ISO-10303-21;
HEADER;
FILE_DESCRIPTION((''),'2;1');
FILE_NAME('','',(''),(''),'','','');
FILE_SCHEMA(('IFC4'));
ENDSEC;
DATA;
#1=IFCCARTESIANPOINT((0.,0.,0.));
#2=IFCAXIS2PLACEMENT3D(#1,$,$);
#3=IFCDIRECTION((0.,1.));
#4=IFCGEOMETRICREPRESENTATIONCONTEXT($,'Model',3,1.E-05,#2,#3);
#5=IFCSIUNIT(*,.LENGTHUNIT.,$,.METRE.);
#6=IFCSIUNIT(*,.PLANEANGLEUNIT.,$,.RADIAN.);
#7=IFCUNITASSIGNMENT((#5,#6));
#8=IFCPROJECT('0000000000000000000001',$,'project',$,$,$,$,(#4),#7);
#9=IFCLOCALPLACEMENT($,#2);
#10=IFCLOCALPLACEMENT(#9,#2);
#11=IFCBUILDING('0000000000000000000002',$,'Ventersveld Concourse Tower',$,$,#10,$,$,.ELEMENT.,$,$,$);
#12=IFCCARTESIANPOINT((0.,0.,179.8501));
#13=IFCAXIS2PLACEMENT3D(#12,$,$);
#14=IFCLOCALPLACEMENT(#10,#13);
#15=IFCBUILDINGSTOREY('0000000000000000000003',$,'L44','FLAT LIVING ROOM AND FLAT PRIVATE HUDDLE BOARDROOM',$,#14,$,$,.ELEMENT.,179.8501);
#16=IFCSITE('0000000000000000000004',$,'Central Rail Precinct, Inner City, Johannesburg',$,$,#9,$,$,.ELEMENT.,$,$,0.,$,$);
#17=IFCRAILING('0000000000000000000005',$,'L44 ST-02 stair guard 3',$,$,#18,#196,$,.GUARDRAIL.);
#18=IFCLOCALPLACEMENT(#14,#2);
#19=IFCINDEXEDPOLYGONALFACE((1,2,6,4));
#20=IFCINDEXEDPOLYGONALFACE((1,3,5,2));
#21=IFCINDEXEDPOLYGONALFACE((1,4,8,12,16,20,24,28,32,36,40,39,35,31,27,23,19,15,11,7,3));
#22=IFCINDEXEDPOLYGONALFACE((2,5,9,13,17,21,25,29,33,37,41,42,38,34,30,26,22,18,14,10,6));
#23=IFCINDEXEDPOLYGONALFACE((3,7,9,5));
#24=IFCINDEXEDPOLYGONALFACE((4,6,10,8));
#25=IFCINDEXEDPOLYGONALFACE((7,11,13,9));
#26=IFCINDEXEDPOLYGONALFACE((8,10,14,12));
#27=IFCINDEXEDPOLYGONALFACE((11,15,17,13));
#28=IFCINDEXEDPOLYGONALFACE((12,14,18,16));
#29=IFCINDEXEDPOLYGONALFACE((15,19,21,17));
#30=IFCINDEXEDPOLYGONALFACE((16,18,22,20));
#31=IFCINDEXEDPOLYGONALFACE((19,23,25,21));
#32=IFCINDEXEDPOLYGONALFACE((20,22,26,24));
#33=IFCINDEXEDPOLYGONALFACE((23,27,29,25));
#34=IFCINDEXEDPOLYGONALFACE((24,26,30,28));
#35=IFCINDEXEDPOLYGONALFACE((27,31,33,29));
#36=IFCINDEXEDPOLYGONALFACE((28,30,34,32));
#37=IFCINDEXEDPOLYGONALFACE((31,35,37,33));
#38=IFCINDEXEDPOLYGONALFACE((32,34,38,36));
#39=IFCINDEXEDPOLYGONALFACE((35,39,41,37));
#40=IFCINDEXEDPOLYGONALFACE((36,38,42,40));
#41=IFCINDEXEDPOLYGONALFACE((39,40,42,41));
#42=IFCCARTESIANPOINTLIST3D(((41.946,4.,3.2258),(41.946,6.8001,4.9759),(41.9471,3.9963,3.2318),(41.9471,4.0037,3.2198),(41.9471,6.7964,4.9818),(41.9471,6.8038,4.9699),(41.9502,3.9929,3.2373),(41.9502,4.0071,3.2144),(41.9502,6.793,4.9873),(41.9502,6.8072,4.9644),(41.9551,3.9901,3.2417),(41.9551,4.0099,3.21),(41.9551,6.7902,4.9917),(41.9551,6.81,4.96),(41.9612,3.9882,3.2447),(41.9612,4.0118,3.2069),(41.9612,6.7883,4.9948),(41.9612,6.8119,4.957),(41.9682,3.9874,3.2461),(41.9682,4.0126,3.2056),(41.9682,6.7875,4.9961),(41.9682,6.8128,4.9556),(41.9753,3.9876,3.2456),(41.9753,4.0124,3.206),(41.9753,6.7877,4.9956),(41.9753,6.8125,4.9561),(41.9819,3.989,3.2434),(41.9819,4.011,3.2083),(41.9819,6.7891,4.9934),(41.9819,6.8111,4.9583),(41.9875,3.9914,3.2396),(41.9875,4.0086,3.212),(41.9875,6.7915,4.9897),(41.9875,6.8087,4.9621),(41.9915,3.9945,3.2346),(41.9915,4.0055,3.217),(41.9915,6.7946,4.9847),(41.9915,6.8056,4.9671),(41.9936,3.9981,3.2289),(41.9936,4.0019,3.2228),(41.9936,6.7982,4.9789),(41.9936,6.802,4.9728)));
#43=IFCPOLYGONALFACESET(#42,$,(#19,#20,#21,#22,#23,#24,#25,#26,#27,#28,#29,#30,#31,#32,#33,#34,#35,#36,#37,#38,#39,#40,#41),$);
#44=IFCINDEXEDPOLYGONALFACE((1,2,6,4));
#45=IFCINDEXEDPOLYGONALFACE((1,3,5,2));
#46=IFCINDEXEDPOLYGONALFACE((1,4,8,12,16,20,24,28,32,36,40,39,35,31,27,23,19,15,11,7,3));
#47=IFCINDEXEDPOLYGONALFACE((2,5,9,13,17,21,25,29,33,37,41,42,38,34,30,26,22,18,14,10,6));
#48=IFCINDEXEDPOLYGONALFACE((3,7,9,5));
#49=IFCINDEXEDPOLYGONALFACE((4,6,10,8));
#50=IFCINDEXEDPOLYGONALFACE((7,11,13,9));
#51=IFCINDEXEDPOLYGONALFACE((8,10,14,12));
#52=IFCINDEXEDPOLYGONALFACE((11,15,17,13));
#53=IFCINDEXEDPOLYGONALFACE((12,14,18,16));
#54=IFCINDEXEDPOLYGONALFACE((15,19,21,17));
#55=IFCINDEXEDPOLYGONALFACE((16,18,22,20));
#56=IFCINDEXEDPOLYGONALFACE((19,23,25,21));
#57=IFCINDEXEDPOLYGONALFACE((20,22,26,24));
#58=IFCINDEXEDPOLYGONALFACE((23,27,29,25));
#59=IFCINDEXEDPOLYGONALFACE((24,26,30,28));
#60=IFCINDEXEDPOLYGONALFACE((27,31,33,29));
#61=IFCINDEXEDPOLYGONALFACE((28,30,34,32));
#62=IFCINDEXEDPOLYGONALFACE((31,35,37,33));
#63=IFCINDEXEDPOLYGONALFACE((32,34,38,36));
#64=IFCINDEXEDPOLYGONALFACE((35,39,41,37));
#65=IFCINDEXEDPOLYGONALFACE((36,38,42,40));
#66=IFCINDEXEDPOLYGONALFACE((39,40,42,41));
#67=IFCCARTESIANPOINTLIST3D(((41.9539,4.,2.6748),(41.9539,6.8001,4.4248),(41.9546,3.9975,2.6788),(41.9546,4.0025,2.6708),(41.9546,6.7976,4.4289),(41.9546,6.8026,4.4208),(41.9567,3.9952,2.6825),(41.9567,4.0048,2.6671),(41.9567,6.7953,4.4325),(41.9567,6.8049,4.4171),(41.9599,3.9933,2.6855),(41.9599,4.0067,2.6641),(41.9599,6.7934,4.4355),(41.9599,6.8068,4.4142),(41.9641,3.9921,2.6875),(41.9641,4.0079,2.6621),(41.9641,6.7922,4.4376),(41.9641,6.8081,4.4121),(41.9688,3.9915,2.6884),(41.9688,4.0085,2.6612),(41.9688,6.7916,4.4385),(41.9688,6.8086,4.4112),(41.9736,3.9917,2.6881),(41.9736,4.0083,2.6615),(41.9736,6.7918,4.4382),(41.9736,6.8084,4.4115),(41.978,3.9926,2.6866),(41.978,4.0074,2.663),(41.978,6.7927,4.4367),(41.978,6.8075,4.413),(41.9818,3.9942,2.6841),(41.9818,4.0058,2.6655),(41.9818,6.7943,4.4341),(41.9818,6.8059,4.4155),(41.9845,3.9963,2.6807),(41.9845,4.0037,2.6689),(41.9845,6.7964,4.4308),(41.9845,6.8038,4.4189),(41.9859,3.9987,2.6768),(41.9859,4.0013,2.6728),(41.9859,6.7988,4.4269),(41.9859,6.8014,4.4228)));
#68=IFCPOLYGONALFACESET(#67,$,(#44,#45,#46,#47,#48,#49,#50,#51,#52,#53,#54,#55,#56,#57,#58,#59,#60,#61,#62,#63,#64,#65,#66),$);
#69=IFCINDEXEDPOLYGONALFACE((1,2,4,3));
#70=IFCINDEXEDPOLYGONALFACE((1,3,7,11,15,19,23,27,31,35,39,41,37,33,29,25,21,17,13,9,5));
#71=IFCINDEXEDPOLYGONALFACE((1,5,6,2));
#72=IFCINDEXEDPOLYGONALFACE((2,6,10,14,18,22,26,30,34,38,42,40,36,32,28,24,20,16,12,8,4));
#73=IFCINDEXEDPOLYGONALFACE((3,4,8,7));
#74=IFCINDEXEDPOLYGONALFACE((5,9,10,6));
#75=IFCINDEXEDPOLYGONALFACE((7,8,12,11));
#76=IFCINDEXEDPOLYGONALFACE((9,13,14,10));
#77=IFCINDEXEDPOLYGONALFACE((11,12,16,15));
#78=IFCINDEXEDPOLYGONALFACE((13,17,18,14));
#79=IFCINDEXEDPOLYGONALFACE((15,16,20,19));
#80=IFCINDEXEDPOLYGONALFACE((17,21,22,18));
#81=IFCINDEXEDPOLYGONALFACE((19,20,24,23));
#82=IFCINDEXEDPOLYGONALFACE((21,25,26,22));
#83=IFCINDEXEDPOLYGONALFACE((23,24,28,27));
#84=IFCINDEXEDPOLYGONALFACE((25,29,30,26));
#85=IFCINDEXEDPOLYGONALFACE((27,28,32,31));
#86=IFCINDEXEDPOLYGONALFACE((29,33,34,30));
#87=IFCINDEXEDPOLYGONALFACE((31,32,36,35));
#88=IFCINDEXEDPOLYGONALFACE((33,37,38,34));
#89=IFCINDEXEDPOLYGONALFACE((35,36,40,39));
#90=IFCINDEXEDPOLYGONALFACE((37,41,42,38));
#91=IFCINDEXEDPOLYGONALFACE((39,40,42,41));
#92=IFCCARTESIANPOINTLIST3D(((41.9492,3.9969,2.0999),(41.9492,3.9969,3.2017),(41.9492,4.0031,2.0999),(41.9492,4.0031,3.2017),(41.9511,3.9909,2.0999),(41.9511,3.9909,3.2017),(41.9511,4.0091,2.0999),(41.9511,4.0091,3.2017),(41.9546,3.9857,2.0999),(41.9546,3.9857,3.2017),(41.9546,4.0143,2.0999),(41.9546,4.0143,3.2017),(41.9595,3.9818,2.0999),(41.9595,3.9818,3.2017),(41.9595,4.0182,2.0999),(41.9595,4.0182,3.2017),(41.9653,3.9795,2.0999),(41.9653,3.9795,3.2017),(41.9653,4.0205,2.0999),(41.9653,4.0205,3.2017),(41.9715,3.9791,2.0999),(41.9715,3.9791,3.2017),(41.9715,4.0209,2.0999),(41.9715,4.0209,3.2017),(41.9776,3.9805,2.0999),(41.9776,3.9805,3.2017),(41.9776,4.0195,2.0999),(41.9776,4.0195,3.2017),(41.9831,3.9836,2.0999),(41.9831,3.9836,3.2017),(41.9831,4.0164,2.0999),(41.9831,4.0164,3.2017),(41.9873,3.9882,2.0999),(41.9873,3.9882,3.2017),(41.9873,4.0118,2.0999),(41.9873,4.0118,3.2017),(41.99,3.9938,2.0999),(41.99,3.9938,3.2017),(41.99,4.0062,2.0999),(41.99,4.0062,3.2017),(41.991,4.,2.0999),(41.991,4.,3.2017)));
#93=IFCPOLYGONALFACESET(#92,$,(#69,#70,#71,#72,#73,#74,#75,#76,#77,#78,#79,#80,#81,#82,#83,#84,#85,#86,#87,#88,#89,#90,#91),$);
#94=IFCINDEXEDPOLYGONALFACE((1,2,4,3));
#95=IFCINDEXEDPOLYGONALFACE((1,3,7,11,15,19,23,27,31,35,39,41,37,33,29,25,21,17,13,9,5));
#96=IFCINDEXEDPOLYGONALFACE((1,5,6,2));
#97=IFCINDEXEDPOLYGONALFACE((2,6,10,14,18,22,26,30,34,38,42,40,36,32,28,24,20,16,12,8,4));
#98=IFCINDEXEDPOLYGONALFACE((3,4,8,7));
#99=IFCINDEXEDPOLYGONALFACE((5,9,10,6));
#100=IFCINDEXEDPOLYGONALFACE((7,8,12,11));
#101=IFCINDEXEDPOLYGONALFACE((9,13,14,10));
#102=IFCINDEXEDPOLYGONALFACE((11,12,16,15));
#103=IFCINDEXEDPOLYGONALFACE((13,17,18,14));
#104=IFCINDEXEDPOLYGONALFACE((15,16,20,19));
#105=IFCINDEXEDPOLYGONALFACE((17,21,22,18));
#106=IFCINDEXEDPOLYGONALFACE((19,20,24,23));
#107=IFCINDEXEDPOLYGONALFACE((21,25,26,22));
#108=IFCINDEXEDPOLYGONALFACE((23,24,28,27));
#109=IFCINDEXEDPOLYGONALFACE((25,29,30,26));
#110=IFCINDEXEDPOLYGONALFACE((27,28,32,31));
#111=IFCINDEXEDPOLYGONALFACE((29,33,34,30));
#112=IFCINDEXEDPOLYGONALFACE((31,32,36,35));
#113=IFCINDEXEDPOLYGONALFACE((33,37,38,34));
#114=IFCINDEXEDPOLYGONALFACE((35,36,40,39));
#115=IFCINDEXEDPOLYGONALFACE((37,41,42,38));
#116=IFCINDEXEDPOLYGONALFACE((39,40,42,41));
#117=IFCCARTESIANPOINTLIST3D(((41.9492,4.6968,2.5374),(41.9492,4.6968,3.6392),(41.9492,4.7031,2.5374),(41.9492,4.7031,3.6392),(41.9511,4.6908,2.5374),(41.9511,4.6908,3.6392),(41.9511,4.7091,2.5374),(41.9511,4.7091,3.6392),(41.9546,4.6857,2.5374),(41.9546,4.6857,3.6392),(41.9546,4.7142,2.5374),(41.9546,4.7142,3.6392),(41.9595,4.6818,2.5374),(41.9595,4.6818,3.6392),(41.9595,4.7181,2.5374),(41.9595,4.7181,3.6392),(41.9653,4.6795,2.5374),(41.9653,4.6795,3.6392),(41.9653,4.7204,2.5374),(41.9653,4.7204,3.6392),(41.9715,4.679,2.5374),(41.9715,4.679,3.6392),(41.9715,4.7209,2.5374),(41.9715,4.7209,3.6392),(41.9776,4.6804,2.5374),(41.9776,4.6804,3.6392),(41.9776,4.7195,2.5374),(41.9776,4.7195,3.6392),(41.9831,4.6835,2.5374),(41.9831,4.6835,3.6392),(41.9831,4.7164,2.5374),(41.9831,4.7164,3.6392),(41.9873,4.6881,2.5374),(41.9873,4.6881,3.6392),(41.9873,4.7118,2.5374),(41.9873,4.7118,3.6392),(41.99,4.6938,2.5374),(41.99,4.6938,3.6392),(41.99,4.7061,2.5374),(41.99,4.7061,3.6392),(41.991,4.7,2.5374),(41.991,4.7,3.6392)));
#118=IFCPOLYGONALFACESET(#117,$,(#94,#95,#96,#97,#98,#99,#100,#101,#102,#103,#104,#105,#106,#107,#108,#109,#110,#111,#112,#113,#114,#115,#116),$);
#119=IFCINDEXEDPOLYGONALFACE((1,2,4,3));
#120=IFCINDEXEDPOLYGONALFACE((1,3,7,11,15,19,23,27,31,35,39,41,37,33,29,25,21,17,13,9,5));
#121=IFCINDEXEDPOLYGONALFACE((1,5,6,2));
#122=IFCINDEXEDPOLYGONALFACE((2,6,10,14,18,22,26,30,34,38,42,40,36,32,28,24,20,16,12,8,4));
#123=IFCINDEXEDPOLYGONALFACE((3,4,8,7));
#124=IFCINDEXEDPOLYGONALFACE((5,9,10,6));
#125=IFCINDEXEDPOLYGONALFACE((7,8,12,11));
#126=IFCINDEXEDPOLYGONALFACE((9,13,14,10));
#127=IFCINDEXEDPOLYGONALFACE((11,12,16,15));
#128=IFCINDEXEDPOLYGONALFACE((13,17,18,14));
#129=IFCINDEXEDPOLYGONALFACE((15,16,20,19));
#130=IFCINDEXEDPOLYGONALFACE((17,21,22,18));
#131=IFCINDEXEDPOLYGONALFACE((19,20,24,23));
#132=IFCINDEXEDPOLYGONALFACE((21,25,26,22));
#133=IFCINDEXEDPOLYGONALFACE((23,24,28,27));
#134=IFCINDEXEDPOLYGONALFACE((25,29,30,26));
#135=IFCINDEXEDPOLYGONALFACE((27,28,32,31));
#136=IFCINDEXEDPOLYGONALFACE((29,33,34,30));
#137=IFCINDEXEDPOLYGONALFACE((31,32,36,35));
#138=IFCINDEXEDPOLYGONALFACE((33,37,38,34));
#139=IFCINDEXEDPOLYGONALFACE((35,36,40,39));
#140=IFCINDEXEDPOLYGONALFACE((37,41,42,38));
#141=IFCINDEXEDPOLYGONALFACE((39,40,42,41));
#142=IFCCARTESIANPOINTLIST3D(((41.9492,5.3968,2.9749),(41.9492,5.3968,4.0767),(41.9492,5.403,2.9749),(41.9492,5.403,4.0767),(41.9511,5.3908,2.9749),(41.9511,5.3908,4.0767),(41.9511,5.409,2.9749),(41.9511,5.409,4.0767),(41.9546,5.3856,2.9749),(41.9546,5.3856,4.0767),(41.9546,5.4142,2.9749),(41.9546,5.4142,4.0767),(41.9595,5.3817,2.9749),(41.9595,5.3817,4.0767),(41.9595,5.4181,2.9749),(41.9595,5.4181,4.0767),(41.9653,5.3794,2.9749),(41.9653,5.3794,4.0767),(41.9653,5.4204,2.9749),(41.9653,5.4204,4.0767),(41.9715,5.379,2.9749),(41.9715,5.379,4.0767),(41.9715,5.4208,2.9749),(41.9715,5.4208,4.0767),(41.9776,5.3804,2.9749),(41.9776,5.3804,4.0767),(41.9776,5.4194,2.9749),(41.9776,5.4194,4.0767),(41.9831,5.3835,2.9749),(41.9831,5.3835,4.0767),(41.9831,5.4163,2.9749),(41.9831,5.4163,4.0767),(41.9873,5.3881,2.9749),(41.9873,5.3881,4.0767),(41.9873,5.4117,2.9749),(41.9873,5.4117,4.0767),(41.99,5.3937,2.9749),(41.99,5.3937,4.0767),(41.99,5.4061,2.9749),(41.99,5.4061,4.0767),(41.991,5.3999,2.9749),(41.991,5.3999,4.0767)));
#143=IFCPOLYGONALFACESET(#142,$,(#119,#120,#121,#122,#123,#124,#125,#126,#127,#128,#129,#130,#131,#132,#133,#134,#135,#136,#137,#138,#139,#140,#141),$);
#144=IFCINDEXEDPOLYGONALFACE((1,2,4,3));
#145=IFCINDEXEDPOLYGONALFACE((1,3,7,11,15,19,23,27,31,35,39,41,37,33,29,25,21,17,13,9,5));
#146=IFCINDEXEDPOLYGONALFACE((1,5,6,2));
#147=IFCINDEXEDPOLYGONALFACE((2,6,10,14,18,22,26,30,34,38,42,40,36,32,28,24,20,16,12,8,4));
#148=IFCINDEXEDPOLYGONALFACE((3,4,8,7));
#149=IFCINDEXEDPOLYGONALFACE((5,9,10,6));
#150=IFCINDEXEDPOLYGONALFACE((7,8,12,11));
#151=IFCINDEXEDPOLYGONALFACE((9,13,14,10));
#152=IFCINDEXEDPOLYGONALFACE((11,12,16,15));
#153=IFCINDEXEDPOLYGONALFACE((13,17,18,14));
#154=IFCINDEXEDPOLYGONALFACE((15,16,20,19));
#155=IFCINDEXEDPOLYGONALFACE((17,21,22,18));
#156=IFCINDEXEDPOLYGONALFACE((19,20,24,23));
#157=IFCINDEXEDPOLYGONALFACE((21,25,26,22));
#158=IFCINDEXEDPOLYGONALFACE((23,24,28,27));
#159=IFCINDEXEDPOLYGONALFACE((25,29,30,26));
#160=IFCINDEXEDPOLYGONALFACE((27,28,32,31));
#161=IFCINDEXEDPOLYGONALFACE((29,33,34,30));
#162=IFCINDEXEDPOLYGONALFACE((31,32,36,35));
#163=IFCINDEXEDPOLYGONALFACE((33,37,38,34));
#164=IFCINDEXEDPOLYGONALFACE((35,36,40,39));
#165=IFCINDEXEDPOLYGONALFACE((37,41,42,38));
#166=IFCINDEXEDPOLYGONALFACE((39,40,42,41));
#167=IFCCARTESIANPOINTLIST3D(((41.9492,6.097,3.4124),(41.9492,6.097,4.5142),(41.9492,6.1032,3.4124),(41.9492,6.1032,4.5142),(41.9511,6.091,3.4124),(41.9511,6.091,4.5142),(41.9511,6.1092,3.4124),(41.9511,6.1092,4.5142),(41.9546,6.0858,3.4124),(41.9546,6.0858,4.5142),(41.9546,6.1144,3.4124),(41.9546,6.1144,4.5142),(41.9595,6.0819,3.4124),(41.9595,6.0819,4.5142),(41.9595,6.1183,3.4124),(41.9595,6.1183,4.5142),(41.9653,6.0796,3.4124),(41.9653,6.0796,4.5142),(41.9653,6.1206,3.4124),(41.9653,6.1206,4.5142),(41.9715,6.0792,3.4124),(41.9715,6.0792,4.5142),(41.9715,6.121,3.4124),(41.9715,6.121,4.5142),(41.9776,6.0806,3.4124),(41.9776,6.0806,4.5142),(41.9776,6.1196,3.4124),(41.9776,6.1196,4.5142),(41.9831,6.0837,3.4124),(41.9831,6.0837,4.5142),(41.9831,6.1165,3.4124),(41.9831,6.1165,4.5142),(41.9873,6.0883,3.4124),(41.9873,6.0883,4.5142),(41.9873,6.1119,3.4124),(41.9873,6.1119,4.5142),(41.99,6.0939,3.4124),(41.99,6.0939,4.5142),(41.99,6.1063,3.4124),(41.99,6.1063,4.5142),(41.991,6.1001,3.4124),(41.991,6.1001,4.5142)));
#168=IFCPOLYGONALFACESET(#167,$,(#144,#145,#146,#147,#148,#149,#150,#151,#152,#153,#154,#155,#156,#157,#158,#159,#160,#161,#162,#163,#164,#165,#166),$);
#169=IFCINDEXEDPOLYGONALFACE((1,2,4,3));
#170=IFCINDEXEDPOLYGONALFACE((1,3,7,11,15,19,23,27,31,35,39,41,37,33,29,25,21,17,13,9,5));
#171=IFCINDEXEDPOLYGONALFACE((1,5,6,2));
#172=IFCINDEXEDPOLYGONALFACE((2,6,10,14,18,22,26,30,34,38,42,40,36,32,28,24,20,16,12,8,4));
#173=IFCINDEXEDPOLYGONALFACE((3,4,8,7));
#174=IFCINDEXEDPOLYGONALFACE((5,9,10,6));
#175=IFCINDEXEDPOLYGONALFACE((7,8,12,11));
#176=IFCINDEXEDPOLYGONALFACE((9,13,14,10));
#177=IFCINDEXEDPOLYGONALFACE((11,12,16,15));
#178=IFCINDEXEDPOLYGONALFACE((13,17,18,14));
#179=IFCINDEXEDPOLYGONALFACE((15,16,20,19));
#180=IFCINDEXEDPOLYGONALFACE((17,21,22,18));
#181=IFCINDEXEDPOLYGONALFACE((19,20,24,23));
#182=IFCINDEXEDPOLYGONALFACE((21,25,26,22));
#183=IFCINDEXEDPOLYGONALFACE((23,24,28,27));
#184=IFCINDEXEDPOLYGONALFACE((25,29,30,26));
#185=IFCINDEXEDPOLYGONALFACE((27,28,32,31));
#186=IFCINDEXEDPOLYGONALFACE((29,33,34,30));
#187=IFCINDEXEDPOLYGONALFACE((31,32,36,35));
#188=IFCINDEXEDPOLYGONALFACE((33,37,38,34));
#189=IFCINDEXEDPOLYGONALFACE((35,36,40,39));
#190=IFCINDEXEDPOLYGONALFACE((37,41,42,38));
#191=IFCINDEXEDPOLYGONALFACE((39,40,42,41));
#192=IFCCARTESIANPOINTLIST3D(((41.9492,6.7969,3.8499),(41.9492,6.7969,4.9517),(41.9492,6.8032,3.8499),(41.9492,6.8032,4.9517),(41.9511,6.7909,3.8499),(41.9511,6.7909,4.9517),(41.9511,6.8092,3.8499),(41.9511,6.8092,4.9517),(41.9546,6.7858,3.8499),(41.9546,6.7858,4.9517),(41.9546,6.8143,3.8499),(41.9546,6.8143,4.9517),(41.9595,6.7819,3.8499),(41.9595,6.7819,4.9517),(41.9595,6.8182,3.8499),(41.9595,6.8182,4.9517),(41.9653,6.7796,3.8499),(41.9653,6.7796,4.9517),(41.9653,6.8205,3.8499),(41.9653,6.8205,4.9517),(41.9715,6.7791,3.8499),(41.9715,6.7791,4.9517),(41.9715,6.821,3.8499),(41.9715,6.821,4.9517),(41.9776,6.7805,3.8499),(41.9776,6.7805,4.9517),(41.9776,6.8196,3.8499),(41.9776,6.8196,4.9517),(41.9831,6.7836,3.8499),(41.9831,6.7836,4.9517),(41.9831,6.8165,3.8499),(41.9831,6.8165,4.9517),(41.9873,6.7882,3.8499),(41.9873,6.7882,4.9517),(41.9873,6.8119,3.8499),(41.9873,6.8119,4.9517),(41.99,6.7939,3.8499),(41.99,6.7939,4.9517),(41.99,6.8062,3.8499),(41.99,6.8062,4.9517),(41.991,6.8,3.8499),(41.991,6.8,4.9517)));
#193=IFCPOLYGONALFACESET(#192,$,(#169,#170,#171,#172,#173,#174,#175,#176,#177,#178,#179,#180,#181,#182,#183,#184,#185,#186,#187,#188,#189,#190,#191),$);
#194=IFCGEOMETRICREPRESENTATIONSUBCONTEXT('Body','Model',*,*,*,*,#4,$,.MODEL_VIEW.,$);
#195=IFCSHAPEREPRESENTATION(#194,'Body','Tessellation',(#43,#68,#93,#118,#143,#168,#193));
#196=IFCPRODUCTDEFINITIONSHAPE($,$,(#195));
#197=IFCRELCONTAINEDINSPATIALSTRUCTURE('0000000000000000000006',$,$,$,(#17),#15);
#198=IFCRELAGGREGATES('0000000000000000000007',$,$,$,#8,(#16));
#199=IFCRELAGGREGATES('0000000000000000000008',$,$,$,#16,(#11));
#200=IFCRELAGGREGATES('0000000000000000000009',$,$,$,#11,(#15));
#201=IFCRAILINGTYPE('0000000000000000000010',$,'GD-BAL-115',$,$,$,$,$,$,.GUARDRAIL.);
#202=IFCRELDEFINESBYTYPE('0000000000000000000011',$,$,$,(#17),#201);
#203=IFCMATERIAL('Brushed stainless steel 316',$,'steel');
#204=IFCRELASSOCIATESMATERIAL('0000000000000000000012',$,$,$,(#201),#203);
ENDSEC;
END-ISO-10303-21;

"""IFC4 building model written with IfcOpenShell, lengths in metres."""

from ifc_helpers import new_model, si_unit, direction, frame, origin, origin_2d, place, context, subcontext, project, spatial, circle, extrude, material, type_object, element, save


model = new_model("IFC4")

# Units and contexts
model_context = context("Model", 3, precision=1e-05, world=origin(), true_north=direction((0.0, 1.0)))
body_context = subcontext(model_context, "Body", "Model", "MODEL_VIEW")
ifc_project = project(units=[si_unit("LENGTHUNIT", "METRE"), si_unit("PLANEANGLEUNIT", "RADIAN")], contexts=[model_context])

# Site, building, storey
site_placement = place(None, origin())
site = spatial("IfcSite", under=ifc_project, at=site_placement, Name="Central Rail Precinct, Inner City, Johannesburg", CompositionType="ELEMENT", RefElevation=0.0)
building_placement = place(site_placement, origin())
building = spatial("IfcBuilding", under=site, at=building_placement, Name="Ventersveld Concourse Tower", CompositionType="ELEMENT")
storey_placement = place(building_placement, frame((0.0, 0.0, 179.8501)))
storey = spatial("IfcBuildingStorey", under=building, at=storey_placement, Name="L44", Description="FLAT LIVING ROOM AND FLAT PRIVATE HUDDLE BOARDROOM", CompositionType="ELEMENT", Elevation=179.8501)

# Shared definitions
ifc_material_1 = material(Name="Brushed stainless steel 316", Category="steel")

# Railing
railing_type_1 = type_object("IfcRailingType", Name="GD-BAL-115", PredefinedType="GUARDRAIL", material=ifc_material_1)
railing_1_placement = place(storey_placement, frame((41.97, 4.0, 2.0999)))
element("IfcRailing", 1, at=railing_1_placement, inside=storey, type_object=railing_type_1, Name="L44 ST-02 stair guard 3", PredefinedType="GUARDRAIL", context=body_context, shape_type="SweptSolid", body=[
    extrude(circle(Radius=0.0239, at=origin_2d()), frame((0.0, 0.0, 1.126), z_axis=(0.0, 0.848002, 0.529992), x_axis=(-1.0, 0.0, 0.0)), (0.0, 0.0, 1.0), 3.302),
    extrude(circle(Radius=0.0161, at=origin_2d()), frame((0.0, 0.0, 0.575), z_axis=(0.0, 0.848002, 0.529992), x_axis=(-1.0, 0.0, 0.0)), (0.0, 0.0, 1.0), 3.302),
    extrude(circle(Radius=0.021, at=origin_2d()), origin(), (0.0, 0.0, 1.0), 1.1018),
    extrude(circle(Radius=0.021, at=origin_2d()), frame((0.0, 0.7, 0.4375)), (0.0, 0.0, 1.0), 1.1018),
    extrude(circle(Radius=0.021, at=origin_2d()), frame((0.0, 1.3999, 0.875)), (0.0, 0.0, 1.0), 1.1018),
    extrude(circle(Radius=0.021, at=origin_2d()), frame((0.0, 2.1001, 1.3125)), (0.0, 0.0, 1.0), 1.1018),
    extrude(circle(Radius=0.021, at=origin_2d()), frame((0.0, 2.8, 1.75)), (0.0, 0.0, 1.0), 1.1018),
])

save(model, "model.ifc")
